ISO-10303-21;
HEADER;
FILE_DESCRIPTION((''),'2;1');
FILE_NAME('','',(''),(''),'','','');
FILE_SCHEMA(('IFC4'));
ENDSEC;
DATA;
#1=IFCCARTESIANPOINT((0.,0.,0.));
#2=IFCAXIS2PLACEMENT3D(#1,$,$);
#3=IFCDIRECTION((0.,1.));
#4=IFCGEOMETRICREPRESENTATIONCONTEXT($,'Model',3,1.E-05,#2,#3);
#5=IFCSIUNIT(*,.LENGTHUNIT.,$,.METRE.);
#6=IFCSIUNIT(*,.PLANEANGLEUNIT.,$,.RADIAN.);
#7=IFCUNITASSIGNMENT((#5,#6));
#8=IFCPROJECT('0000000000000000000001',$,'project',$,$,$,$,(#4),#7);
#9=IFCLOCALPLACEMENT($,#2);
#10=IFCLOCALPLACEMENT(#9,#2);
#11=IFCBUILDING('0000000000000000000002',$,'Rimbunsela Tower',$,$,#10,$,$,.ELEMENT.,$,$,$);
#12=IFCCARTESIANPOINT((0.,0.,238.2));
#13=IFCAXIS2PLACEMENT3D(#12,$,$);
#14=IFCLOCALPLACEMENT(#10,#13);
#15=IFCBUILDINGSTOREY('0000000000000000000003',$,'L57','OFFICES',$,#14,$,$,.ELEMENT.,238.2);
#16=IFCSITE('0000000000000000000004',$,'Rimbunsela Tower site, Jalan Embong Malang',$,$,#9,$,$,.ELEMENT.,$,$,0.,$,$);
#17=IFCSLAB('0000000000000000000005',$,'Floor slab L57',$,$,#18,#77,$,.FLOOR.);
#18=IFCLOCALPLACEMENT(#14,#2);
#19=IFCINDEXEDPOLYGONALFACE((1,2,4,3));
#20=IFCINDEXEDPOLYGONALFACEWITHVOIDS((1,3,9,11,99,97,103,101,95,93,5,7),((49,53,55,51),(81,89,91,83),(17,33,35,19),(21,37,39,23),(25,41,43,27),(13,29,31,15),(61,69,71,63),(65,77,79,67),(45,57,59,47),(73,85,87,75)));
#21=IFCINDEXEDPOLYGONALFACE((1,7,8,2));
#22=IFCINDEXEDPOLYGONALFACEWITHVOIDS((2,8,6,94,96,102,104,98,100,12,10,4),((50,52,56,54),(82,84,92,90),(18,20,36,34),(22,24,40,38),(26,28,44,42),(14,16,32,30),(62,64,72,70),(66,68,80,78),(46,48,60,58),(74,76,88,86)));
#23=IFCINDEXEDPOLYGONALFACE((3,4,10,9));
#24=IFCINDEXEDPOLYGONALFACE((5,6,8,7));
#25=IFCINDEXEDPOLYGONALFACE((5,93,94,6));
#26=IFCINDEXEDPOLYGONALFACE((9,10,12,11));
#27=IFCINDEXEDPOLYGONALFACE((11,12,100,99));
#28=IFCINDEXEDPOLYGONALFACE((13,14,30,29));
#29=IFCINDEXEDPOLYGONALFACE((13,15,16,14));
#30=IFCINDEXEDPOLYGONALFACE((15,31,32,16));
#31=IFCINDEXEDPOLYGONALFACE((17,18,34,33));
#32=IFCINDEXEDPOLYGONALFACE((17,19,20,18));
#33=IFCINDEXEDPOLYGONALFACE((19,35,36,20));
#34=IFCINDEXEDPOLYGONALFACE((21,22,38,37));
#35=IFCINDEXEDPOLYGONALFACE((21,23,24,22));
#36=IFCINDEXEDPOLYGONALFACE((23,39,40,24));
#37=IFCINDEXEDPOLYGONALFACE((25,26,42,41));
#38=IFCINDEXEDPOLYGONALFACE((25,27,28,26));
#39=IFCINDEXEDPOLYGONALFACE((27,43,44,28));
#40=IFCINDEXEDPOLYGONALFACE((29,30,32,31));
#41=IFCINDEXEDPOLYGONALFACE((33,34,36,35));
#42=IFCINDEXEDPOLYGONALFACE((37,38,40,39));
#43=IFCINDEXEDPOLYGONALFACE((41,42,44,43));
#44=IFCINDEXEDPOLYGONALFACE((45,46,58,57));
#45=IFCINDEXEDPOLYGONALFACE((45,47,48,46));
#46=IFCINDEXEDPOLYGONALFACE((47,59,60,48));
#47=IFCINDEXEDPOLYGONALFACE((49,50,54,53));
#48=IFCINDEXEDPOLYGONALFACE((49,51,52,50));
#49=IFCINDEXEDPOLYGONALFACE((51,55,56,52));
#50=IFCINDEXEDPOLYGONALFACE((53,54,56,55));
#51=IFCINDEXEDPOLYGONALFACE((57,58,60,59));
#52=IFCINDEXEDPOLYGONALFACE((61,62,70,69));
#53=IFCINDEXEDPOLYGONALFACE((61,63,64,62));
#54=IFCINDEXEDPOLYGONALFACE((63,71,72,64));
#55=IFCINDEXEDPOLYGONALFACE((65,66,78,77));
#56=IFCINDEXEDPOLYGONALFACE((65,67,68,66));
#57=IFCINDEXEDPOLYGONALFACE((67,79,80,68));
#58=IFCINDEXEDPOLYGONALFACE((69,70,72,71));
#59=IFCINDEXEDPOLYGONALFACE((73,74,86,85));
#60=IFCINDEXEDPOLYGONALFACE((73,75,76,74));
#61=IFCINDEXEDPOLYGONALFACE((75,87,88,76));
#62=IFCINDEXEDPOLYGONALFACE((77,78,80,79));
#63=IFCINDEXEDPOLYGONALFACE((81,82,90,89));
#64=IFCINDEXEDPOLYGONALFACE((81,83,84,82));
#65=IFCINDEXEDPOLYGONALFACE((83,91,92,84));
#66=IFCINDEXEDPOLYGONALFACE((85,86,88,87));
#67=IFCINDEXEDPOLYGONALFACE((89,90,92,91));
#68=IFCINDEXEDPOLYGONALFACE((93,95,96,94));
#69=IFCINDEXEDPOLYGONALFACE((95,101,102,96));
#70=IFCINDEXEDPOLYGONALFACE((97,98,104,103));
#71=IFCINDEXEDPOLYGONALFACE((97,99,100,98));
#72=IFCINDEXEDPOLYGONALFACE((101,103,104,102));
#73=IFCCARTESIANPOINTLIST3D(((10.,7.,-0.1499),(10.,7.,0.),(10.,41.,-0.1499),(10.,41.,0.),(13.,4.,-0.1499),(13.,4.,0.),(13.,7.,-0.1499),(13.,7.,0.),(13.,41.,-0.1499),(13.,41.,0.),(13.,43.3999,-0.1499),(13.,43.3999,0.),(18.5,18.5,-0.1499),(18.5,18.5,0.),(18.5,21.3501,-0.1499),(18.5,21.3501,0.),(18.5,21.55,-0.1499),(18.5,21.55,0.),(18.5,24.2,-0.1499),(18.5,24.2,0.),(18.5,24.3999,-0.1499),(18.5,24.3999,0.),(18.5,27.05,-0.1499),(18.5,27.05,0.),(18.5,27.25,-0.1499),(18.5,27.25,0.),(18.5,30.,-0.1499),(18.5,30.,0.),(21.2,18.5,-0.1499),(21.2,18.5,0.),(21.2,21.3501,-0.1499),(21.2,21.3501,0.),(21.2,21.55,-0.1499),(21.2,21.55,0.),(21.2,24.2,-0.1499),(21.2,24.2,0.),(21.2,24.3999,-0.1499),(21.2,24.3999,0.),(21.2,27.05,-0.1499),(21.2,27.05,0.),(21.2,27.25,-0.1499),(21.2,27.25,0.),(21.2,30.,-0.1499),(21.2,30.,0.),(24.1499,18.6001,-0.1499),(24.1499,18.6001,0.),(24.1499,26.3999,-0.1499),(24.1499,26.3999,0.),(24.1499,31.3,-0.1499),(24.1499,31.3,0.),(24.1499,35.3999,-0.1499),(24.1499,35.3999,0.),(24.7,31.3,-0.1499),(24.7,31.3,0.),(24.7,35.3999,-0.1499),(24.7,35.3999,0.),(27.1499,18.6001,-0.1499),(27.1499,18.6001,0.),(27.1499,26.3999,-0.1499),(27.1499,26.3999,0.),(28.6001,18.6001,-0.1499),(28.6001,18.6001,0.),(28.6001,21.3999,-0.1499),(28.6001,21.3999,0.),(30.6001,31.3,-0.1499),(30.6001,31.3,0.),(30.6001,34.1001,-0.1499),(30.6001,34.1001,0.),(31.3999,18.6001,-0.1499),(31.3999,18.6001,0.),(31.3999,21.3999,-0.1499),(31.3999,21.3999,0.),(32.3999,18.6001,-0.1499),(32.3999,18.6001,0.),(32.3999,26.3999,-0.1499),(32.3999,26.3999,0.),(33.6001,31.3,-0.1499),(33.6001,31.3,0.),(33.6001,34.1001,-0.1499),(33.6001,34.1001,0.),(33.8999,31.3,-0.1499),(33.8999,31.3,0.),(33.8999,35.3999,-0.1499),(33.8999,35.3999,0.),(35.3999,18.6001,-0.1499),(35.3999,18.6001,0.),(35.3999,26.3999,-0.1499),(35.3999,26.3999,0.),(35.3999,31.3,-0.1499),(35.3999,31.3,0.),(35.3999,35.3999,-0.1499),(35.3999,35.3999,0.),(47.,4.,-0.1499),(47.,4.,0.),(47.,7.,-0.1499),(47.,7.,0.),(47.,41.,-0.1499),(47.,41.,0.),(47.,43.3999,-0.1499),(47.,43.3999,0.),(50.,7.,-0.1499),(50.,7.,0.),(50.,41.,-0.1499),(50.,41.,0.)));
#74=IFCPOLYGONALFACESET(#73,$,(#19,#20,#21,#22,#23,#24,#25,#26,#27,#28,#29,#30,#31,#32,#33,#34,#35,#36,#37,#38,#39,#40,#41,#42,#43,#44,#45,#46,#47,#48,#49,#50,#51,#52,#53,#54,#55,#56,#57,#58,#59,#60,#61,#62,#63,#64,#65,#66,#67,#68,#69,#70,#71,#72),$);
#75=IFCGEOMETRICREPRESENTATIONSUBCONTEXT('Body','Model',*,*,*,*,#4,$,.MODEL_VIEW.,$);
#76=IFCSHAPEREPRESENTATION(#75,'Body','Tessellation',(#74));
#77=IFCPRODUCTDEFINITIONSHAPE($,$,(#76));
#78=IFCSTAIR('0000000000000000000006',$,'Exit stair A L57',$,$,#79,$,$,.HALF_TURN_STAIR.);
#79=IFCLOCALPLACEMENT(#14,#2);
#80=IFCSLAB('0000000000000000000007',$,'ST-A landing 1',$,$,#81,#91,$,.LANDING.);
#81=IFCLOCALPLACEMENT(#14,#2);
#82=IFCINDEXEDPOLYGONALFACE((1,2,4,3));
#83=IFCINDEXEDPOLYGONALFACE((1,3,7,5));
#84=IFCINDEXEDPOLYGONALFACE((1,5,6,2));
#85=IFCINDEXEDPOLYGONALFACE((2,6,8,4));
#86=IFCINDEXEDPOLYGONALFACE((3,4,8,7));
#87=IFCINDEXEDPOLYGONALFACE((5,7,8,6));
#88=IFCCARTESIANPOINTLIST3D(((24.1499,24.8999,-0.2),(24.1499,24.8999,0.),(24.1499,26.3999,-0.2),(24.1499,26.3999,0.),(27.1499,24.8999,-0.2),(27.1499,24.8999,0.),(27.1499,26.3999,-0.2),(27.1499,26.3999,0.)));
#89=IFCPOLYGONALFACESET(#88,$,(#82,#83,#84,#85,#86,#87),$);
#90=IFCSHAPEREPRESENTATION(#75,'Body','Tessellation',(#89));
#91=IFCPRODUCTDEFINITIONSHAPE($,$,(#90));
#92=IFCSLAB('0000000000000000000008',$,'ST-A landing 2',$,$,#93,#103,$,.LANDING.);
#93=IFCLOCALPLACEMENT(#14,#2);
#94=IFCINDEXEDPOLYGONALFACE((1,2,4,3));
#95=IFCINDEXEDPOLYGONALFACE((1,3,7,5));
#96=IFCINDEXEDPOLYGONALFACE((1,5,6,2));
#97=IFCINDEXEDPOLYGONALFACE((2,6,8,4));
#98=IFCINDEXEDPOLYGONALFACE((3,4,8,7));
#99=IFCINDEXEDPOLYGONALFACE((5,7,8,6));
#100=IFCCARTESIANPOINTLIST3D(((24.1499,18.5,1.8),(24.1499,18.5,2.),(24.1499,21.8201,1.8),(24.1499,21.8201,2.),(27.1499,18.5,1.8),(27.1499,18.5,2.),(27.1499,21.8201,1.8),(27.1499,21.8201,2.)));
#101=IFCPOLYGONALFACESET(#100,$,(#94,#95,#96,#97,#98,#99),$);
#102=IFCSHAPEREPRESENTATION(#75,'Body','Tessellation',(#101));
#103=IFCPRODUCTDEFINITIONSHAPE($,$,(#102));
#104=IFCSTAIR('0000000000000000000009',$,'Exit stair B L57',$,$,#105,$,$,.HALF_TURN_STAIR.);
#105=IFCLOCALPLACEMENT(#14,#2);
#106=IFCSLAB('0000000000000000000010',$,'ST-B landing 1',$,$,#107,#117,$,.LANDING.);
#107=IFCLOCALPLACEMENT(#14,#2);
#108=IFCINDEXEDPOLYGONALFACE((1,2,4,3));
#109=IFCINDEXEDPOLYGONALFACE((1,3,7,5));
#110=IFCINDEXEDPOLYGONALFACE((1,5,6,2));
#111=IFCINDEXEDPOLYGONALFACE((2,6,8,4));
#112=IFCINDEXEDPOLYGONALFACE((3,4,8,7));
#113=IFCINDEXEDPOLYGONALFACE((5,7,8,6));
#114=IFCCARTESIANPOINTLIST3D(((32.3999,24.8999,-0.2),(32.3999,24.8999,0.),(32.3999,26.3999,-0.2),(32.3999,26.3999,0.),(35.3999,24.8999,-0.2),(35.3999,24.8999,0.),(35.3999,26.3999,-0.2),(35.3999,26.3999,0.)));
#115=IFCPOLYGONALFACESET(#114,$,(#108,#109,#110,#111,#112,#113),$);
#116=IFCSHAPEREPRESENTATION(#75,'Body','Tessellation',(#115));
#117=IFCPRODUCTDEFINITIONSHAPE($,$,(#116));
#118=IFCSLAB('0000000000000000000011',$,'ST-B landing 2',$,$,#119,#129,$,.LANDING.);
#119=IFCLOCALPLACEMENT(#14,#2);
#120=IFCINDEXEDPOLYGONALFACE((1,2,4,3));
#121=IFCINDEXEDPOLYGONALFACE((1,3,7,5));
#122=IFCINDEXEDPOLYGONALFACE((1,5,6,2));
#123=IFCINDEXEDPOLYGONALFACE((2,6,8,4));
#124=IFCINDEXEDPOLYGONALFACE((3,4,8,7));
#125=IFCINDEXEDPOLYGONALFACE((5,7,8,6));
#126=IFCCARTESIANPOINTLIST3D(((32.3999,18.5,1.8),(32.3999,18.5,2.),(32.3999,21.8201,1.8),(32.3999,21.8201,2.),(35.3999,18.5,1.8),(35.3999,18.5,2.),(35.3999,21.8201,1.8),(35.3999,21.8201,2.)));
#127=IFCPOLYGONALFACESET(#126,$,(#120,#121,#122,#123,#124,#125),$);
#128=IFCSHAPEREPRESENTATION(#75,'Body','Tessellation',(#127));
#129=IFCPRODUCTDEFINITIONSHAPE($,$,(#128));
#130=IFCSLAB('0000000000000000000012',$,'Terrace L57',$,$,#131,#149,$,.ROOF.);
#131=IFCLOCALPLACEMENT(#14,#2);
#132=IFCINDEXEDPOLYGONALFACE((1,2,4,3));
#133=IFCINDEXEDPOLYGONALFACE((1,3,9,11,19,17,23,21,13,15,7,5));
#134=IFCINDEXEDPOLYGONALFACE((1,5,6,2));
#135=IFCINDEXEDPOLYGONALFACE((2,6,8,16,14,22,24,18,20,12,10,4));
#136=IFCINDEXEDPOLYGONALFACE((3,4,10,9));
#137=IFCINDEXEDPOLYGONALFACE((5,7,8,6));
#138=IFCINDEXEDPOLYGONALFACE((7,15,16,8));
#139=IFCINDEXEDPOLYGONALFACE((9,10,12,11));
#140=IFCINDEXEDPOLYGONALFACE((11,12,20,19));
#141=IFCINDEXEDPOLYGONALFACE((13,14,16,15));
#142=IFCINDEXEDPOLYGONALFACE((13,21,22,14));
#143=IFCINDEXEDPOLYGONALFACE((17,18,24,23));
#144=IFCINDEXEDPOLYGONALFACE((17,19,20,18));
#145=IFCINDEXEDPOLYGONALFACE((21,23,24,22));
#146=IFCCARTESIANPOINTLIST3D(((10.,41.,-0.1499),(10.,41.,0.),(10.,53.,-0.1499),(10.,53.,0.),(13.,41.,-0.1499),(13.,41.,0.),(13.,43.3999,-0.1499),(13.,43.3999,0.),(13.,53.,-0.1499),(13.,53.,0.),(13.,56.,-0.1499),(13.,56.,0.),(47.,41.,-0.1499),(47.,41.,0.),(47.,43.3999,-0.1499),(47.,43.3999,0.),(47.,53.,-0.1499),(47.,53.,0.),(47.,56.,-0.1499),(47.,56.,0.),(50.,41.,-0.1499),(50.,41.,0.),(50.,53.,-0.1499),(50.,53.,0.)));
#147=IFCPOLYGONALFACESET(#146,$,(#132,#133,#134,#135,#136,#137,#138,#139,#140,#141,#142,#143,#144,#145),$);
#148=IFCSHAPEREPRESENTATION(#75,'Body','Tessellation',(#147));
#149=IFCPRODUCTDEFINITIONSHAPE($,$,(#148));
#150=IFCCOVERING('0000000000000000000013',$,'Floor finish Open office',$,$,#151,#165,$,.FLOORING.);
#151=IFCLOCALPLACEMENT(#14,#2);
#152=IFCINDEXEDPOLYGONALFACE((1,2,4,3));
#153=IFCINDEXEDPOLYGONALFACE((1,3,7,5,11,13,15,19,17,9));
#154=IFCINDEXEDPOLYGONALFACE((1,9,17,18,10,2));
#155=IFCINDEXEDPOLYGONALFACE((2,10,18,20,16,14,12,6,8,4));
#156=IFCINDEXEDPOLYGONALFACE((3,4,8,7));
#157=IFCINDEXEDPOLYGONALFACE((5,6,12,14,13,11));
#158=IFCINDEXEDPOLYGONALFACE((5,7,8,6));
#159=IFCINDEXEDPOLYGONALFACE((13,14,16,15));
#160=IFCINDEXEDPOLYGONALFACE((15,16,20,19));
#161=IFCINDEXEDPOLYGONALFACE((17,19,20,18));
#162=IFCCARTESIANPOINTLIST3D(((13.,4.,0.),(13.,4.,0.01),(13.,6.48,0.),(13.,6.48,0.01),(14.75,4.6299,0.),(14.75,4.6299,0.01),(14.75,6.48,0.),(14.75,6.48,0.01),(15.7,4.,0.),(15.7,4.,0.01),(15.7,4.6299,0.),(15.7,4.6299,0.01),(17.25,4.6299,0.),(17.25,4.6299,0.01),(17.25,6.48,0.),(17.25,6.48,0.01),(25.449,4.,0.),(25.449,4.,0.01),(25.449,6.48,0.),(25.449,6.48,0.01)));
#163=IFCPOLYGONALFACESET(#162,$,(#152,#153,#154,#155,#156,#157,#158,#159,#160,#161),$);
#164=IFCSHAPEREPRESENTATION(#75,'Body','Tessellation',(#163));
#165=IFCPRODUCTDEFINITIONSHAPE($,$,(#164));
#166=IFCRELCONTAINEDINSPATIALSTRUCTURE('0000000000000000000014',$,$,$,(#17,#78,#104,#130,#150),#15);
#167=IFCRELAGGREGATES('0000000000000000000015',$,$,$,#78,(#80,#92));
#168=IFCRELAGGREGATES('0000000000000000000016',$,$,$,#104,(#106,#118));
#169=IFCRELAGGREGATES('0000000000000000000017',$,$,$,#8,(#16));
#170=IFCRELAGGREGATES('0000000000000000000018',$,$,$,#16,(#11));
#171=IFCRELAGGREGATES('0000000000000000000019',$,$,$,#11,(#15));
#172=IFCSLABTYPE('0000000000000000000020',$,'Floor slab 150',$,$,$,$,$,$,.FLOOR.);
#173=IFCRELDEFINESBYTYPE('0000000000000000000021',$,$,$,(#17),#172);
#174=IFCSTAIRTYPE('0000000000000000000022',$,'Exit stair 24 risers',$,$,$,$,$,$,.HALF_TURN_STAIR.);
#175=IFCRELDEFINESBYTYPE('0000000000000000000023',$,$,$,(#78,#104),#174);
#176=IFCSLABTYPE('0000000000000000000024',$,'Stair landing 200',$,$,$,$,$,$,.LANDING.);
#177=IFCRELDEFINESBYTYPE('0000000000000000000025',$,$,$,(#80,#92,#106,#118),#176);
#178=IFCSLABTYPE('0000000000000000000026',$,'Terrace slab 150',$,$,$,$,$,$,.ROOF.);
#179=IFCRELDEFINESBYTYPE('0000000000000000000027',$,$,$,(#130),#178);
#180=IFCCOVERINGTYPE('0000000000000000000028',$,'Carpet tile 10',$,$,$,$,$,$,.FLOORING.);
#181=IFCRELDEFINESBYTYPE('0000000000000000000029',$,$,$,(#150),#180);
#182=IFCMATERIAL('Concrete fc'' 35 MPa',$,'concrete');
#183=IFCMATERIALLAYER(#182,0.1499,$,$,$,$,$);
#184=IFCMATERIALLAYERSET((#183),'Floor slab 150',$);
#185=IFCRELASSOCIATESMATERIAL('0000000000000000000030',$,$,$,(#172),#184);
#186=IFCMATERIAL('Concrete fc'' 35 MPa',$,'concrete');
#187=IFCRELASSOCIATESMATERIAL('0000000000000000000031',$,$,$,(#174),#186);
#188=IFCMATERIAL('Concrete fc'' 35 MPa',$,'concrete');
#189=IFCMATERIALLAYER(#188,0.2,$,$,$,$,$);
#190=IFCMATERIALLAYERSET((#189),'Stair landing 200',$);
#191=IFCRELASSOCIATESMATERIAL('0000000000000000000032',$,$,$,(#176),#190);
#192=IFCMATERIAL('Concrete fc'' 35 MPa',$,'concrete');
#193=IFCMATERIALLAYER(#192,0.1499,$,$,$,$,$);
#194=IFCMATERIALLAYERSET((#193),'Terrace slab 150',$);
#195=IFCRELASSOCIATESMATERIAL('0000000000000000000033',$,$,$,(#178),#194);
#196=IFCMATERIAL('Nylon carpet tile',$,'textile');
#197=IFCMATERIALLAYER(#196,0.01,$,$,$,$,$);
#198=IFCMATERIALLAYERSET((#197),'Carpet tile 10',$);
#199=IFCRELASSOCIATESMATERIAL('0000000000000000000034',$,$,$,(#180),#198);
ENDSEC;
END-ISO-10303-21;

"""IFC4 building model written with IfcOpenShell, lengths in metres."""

from ifc_helpers import new_model, si_unit, direction, frame, origin, place, context, subcontext, project, spatial, polyline, outline, extrude, material, layer, layer_set, type_object, element, aggregate, save


model = new_model("IFC4")

# Units and contexts
model_context = context("Model", 3, precision=1e-05, world=origin(), true_north=direction((0.0, 1.0)))
body_context = subcontext(model_context, "Body", "Model", "MODEL_VIEW")
ifc_project = project(units=[si_unit("LENGTHUNIT", "METRE"), si_unit("PLANEANGLEUNIT", "RADIAN")], contexts=[model_context])

# Site, building, storey
site_placement = place(None, origin())
site = spatial("IfcSite", under=ifc_project, at=site_placement, Name="Rimbunsela Tower site, Jalan Embong Malang", CompositionType="ELEMENT", RefElevation=0.0)
building_placement = place(site_placement, origin())
building = spatial("IfcBuilding", under=site, at=building_placement, Name="Rimbunsela Tower", CompositionType="ELEMENT")
storey_placement = place(building_placement, frame((0.0, 0.0, 238.2)))
storey = spatial("IfcBuildingStorey", under=building, at=storey_placement, Name="L57", Description="OFFICES", CompositionType="ELEMENT", Elevation=238.2)

# Slab
ifc_material_1 = material(Name="Concrete fc' 35 MPa", Category="concrete")
ifc_layer_1 = layer(ifc_material_1, 0.1499)
ifc_layer_set_1 = layer_set([ifc_layer_1], Name="Floor slab 150")
slab_type_1 = type_object("IfcSlabType", Name="Floor slab 150", PredefinedType="FLOOR", material=ifc_layer_set_1)
slab_1_placement = place(storey_placement, frame((0.0, 0.0, -0.1499)))
element("IfcSlab", 1, at=slab_1_placement, inside=storey, type_object=slab_type_1, Name="Floor slab L57", PredefinedType="FLOOR", context=body_context, shape_type="SweptSolid", body=[
    extrude(outline(polyline([(47.0, 41.0), (47.0, 43.3999), (13.0, 43.3999), (13.0, 41.0), (10.0, 41.0), (10.0, 7.0), (13.0, 7.0), (13.0, 4.0), (47.0, 4.0), (47.0, 7.0), (50.0, 7.0), (50.0, 41.0), (47.0, 41.0)]), holes=[polyline([(21.2, 21.3501), (18.5, 21.3501), (18.5, 18.5), (21.2, 18.5), (21.2, 21.3501)]), polyline([(21.2, 21.55), (21.2, 24.2), (18.5, 24.2), (18.5, 21.55), (21.2, 21.55)]), polyline([(21.2, 27.05), (18.5, 27.05), (18.5, 24.3999), (21.2, 24.3999), (21.2, 27.05)]), polyline([(21.2, 30.0), (18.5, 30.0), (18.5, 27.25), (21.2, 27.25), (21.2, 30.0)]), polyline([(27.1499, 26.3999), (24.1499, 26.3999), (24.1499, 18.6001), (27.1499, 18.6001), (27.1499, 26.3999)]), polyline([(24.7, 31.3), (24.7, 35.3999), (24.1499, 35.3999), (24.1499, 31.3), (24.7, 31.3)]), polyline([(31.3999, 21.3999), (28.6001, 21.3999), (28.6001, 18.6001), (31.3999, 18.6001), (31.3999, 21.3999)]), polyline([(33.6001, 34.1001), (30.6001, 34.1001), (30.6001, 31.3), (33.6001, 31.3), (33.6001, 34.1001)]), polyline([(35.3999, 18.6001), (35.3999, 26.3999), (32.3999, 26.3999), (32.3999, 18.6001), (35.3999, 18.6001)]), polyline([(35.3999, 31.3), (35.3999, 35.3999), (33.8999, 35.3999), (33.8999, 31.3), (35.3999, 31.3)])]), origin(), (0.0, 0.0, 1.0), 0.1499),
])

# Stairs, slabs
ifc_material_2 = material(Name="Concrete fc' 35 MPa", Category="concrete")
stair_type = type_object("IfcStairType", Name="Exit stair 24 risers", PredefinedType="HALF_TURN_STAIR", material=ifc_material_2)
stair_1_placement = place(storey_placement, origin())
stair_1 = element("IfcStair", 2, at=stair_1_placement, inside=storey, type_object=stair_type, Name="Exit stair A L57", PredefinedType="HALF_TURN_STAIR")
ifc_material_3 = material(Name="Concrete fc' 35 MPa", Category="concrete")
ifc_layer_2 = layer(ifc_material_3, 0.2)
ifc_layer_set_2 = layer_set([ifc_layer_2], Name="Stair landing 200")
slab_type_2 = type_object("IfcSlabType", Name="Stair landing 200", PredefinedType="LANDING", material=ifc_layer_set_2)
slab_2_placement = place(storey_placement, frame((0.0, 0.0, -0.2)))
slab_2 = element("IfcSlab", 3, at=slab_2_placement, type_object=slab_type_2, Name="ST-A landing 1", PredefinedType="LANDING", context=body_context, shape_type="SweptSolid", body=[
    extrude(outline(polyline([(24.1499, 24.8999), (27.1499, 24.8999), (27.1499, 26.3999), (24.1499, 26.3999), (24.1499, 24.8999)])), origin(), (0.0, 0.0, 1.0), 0.2),
])
slab_3_placement = place(storey_placement, frame((0.0, 0.0, 1.8)))
slab_3 = element("IfcSlab", 4, at=slab_3_placement, type_object=slab_type_2, Name="ST-A landing 2", PredefinedType="LANDING", context=body_context, shape_type="SweptSolid", body=[
    extrude(outline(polyline([(24.1499, 18.5), (27.1499, 18.5), (27.1499, 21.8201), (24.1499, 21.8201), (24.1499, 18.5)])), origin(), (0.0, 0.0, 1.0), 0.2),
])
aggregate(stair_1, [slab_2, slab_3])
stair_2_placement = place(storey_placement, origin())
stair_2 = element("IfcStair", 5, at=stair_2_placement, inside=storey, type_object=stair_type, Name="Exit stair B L57", PredefinedType="HALF_TURN_STAIR")
slab_4_placement = place(storey_placement, frame((0.0, 0.0, -0.2)))
slab_4 = element("IfcSlab", 6, at=slab_4_placement, type_object=slab_type_2, Name="ST-B landing 1", PredefinedType="LANDING", context=body_context, shape_type="SweptSolid", body=[
    extrude(outline(polyline([(32.3999, 24.8999), (35.3999, 24.8999), (35.3999, 26.3999), (32.3999, 26.3999), (32.3999, 24.8999)])), origin(), (0.0, 0.0, 1.0), 0.2),
])
slab_5_placement = place(storey_placement, frame((0.0, 0.0, 1.8)))
slab_5 = element("IfcSlab", 7, at=slab_5_placement, type_object=slab_type_2, Name="ST-B landing 2", PredefinedType="LANDING", context=body_context, shape_type="SweptSolid", body=[
    extrude(outline(polyline([(32.3999, 18.5), (35.3999, 18.5), (35.3999, 21.8201), (32.3999, 21.8201), (32.3999, 18.5)])), origin(), (0.0, 0.0, 1.0), 0.2),
])
aggregate(stair_2, [slab_4, slab_5])

# Slab
ifc_material_4 = material(Name="Concrete fc' 35 MPa", Category="concrete")
ifc_layer_3 = layer(ifc_material_4, 0.1499)
ifc_layer_set_3 = layer_set([ifc_layer_3], Name="Terrace slab 150")
slab_type_3 = type_object("IfcSlabType", Name="Terrace slab 150", PredefinedType="ROOF", material=ifc_layer_set_3)
slab_6_placement = place(storey_placement, frame((0.0, 0.0, -0.1499)))
element("IfcSlab", 8, at=slab_6_placement, inside=storey, type_object=slab_type_3, Name="Terrace L57", PredefinedType="ROOF", context=body_context, shape_type="SweptSolid", body=[
    extrude(outline(polyline([(10.0, 53.0), (13.0, 53.0), (13.0, 56.0), (47.0, 56.0), (47.0, 53.0), (50.0, 53.0), (50.0, 41.0), (47.0, 41.0), (47.0, 43.3999), (13.0, 43.3999), (13.0, 41.0), (10.0, 41.0), (10.0, 53.0)])), origin(), (0.0, 0.0, 1.0), 0.1499),
])

# Covering
ifc_material_5 = material(Name="Nylon carpet tile", Category="textile")
ifc_layer_4 = layer(ifc_material_5, 0.01)
ifc_layer_set_4 = layer_set([ifc_layer_4], Name="Carpet tile 10")
covering_type_1 = type_object("IfcCoveringType", Name="Carpet tile 10", PredefinedType="FLOORING", material=ifc_layer_set_4)
covering_1_placement = place(storey_placement, origin())
element("IfcCovering", 9, at=covering_1_placement, inside=storey, type_object=covering_type_1, Name="Floor finish Open office", PredefinedType="FLOORING", context=body_context, shape_type="SweptSolid", body=[
    extrude(outline(polyline([(25.449, 6.48), (25.449, 4.0), (15.7, 4.0), (13.0, 4.0), (13.0, 6.48), (14.75, 6.48), (14.75, 4.6299), (15.7, 4.6299), (17.25, 4.6299), (17.25, 6.48), (25.449, 6.48)])), origin(), (0.0, 0.0, 1.0), 0.01),
])

save(model, "model.ifc")
